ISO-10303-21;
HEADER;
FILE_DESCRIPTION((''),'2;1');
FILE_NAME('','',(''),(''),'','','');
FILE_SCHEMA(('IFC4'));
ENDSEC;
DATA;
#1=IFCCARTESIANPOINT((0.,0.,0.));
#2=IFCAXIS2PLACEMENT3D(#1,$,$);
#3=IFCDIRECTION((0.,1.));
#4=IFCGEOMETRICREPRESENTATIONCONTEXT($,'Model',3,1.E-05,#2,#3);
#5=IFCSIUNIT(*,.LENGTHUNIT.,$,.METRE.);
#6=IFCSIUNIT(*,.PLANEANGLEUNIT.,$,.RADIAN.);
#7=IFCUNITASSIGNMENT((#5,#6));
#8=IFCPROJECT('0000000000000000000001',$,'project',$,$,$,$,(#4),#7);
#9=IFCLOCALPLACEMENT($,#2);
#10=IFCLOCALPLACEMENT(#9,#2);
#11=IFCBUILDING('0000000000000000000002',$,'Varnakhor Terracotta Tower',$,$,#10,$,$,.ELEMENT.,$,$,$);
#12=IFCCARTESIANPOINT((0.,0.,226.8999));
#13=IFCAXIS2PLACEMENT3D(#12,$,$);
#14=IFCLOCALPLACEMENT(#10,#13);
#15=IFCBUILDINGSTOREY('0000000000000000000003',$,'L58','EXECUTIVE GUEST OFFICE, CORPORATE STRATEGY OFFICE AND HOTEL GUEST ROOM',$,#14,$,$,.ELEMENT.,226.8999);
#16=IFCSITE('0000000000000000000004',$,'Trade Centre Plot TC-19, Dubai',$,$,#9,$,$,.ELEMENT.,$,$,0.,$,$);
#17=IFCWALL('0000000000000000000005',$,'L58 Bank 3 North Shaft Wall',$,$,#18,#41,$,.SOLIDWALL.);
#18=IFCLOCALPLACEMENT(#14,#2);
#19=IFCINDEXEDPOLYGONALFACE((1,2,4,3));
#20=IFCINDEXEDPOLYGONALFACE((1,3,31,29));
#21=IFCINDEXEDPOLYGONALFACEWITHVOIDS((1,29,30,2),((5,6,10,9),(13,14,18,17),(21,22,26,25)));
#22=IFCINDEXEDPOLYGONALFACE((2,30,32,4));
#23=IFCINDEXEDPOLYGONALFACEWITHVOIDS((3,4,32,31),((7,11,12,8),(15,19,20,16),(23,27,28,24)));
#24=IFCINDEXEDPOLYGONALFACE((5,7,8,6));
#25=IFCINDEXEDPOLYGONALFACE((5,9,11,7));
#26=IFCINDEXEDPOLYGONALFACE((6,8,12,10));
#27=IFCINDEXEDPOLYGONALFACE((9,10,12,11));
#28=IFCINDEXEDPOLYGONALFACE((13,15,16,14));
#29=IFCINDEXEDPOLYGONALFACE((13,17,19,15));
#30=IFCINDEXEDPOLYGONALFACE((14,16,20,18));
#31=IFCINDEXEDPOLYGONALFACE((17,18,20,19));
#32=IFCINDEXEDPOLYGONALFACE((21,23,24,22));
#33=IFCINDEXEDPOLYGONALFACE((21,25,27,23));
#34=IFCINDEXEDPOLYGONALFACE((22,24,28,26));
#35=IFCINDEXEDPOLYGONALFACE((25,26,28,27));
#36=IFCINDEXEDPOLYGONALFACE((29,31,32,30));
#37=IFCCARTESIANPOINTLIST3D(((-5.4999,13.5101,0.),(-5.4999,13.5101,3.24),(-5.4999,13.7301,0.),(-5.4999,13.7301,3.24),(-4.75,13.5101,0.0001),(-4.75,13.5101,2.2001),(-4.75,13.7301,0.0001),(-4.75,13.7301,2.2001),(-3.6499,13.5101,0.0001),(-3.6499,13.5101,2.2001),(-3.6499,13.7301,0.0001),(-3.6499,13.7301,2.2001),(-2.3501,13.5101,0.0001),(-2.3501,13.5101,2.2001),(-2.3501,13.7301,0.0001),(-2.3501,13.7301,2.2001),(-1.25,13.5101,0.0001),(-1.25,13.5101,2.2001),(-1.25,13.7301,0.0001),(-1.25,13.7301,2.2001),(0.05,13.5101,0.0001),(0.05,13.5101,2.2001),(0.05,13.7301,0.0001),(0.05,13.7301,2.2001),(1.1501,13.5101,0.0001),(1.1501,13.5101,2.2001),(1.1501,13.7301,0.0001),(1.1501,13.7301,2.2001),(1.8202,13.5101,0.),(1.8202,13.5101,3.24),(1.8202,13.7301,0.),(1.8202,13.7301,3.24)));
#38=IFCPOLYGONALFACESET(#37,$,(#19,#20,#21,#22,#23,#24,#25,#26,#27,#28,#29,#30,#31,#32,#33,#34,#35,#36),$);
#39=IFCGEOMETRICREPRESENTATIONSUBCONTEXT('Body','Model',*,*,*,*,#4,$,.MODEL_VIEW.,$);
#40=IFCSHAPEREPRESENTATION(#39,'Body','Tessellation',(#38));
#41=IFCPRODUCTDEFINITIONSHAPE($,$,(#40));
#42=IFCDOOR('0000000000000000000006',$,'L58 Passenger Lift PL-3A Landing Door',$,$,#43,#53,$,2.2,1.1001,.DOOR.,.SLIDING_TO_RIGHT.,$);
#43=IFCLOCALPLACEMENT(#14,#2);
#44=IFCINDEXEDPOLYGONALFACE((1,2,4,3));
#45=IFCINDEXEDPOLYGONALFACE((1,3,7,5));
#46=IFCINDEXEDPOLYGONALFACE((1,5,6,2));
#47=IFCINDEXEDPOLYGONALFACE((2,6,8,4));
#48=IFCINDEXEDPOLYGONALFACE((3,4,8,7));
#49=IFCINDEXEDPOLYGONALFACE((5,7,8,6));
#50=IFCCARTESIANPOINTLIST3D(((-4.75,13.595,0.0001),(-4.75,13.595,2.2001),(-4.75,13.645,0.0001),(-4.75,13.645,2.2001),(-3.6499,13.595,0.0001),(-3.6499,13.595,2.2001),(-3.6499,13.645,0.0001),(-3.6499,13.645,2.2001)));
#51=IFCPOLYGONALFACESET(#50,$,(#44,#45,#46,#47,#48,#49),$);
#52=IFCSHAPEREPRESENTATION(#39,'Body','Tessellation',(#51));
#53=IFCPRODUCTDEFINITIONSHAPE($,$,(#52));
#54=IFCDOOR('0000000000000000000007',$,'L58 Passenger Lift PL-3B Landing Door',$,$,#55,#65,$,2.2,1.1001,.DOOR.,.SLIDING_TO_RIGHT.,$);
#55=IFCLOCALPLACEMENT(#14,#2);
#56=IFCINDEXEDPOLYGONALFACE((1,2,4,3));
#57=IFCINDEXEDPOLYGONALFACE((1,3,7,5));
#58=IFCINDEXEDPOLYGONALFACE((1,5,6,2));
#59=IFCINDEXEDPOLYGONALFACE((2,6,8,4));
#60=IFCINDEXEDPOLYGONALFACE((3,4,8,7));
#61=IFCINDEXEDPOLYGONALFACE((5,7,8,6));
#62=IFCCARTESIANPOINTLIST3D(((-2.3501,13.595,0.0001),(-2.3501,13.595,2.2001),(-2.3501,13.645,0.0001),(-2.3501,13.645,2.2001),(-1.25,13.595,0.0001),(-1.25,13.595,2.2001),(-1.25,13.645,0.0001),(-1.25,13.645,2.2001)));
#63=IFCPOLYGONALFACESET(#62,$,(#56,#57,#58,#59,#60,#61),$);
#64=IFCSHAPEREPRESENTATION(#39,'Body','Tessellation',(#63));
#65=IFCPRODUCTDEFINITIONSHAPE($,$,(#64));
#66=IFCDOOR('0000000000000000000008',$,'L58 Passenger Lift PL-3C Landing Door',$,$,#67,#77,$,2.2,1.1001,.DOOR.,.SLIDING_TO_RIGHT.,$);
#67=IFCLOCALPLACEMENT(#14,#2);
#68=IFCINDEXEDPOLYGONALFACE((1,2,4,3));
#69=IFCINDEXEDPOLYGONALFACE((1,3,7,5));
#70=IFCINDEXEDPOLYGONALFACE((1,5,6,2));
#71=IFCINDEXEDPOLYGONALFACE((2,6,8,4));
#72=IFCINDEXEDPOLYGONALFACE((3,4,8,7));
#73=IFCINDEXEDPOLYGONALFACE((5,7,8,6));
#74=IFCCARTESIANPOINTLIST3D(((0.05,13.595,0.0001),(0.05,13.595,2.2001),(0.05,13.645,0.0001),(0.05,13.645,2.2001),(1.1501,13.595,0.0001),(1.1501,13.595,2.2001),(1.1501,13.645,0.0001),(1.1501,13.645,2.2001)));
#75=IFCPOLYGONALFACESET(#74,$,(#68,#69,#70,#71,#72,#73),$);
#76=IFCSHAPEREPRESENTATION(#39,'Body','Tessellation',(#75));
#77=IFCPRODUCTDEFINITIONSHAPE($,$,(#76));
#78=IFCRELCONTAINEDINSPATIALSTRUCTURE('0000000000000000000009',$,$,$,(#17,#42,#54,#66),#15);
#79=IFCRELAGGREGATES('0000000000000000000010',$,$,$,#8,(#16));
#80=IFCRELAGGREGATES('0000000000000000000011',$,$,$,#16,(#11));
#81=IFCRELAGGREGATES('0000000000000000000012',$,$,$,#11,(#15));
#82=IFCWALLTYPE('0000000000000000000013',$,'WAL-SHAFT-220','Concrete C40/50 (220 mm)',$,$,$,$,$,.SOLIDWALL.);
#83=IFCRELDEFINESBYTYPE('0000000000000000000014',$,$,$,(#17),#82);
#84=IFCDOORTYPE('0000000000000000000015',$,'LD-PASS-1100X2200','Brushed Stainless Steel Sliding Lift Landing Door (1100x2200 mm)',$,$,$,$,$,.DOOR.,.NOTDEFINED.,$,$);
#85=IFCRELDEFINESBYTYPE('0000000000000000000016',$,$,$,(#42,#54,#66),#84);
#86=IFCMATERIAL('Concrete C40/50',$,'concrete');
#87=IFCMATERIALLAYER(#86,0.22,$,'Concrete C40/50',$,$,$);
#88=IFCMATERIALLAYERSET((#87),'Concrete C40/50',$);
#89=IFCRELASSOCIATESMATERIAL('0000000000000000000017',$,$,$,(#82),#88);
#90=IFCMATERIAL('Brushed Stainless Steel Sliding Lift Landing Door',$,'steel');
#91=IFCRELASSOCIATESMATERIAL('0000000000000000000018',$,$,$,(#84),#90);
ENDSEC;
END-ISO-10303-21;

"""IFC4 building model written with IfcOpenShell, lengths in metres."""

from ifc_helpers import new_model, si_unit, direction, frame, frame_2d, origin, place, context, subcontext, project, spatial, rectangle, extrude, source, transform, mapped, material, layer, layer_set, type_object, type_shapes, element, fill, save


model = new_model("IFC4")

# Units and contexts
model_context = context("Model", 3, precision=1e-05, world=origin(), true_north=direction((0.0, 1.0)))
body_context = subcontext(model_context, "Body", "Model", "MODEL_VIEW")
ifc_project = project(units=[si_unit("LENGTHUNIT", "METRE"), si_unit("PLANEANGLEUNIT", "RADIAN")], contexts=[model_context])

# Site, building, storey
site_placement = place(None, origin())
site = spatial("IfcSite", under=ifc_project, at=site_placement, Name="Trade Centre Plot TC-19, Dubai", CompositionType="ELEMENT", RefElevation=0.0)
building_placement = place(site_placement, origin())
building = spatial("IfcBuilding", under=site, at=building_placement, Name="Varnakhor Terracotta Tower", CompositionType="ELEMENT")
storey_placement = place(building_placement, frame((0.0, 0.0, 226.8999)))
storey = spatial("IfcBuildingStorey", under=building, at=storey_placement, Name="L58", Description="EXECUTIVE GUEST OFFICE, CORPORATE STRATEGY OFFICE AND HOTEL GUEST ROOM", CompositionType="ELEMENT", Elevation=226.8999)

# Wall, openings, doors
ifc_material_1 = material(Name="Concrete C40/50", Category="concrete")
ifc_layer_1 = layer(ifc_material_1, 0.22, Name="Concrete C40/50")
ifc_layer_set_1 = layer_set([ifc_layer_1], Name="Concrete C40/50")
wall_type_1 = type_object("IfcWallType", Name="WAL-SHAFT-220", Description="Concrete C40/50 (220 mm)", PredefinedType="SOLIDWALL", material=ifc_layer_set_1)
wall_1_placement = place(storey_placement, frame((-5.5, 13.6201, 0.0), z_axis=(0.0, 0.0, 1.0), x_axis=(1.0, 0.0, 0.0)))
wall_1 = element("IfcWall", 1, at=wall_1_placement, inside=storey, type_object=wall_type_1, Name="L58 Bank 3 North Shaft Wall", PredefinedType="SOLIDWALL", context=body_context, shape_type="SweptSolid", body=[
    extrude(rectangle(XDim=7.3201, YDim=0.22, at=frame_2d((3.6602, 0.0))), origin(), (0.0, 0.0, 1.0), 3.24),
])
opening_1_placement = place(wall_1_placement, frame((0.75, 0.0, 0.0)))
opening_1 = element("IfcOpeningElement", 2, at=opening_1_placement, cuts=wall_1, PredefinedType="OPENING", context=body_context, shape_type="SweptSolid", body=[
    extrude(rectangle(XDim=1.1001, YDim=2.2, at=frame_2d((0.55, 1.1001))), frame((0.0, 0.1201, 0.0), z_axis=(0.0, -1.0, 0.0), x_axis=(1.0, 0.0, 0.0)), (0.0, 0.0, 1.0), 0.24),
])
opening_2_placement = place(wall_1_placement, frame((3.1499, 0.0, 0.0)))
opening_2 = element("IfcOpeningElement", 3, at=opening_2_placement, cuts=wall_1, PredefinedType="OPENING", context=body_context, shape_type="SweptSolid", body=[
    extrude(rectangle(XDim=1.1001, YDim=2.2, at=frame_2d((0.55, 1.1001))), frame((0.0, 0.1201, 0.0), z_axis=(0.0, -1.0, 0.0), x_axis=(1.0, 0.0, 0.0)), (0.0, 0.0, 1.0), 0.24),
])
opening_3_placement = place(wall_1_placement, frame((5.55, 0.0, 0.0)))
opening_3 = element("IfcOpeningElement", 4, at=opening_3_placement, cuts=wall_1, PredefinedType="OPENING", context=body_context, shape_type="SweptSolid", body=[
    extrude(rectangle(XDim=1.1001, YDim=2.2, at=frame_2d((0.55, 1.1001))), frame((0.0, 0.1201, 0.0), z_axis=(0.0, -1.0, 0.0), x_axis=(1.0, 0.0, 0.0)), (0.0, 0.0, 1.0), 0.24),
])
ifc_material_2 = material(Name="Brushed Stainless Steel Sliding Lift Landing Door", Category="steel")
door_type_1 = type_object("IfcDoorType", Name="LD-PASS-1100X2200", Description="Brushed Stainless Steel Sliding Lift Landing Door (1100x2200 mm)", OperationType="NOTDEFINED", PredefinedType="DOOR", material=ifc_material_2)
shared_shape_1 = source(origin(), body_context, "Body", "SweptSolid", [
    extrude(rectangle(XDim=1.1001, YDim=2.2, at=frame_2d((0.55, 1.1001))), frame((0.0, 0.0249, 0.0), z_axis=(0.0, -1.0, 0.0), x_axis=(1.0, 0.0, 0.0)), (0.0, 0.0, 1.0), 0.05),
])
type_shapes(door_type_1, [shared_shape_1])
door_1_placement = place(opening_1_placement, origin())
door_1 = element("IfcDoor", 5, at=door_1_placement, inside=storey, type_object=door_type_1, Name="L58 Passenger Lift PL-3A Landing Door", OperationType="SLIDING_TO_RIGHT", OverallHeight=2.2, OverallWidth=1.1001, PredefinedType="DOOR", context=body_context, shape_type="MappedRepresentation", body=[
    mapped(shared_shape_1, transform((0.0, 0.0, 0.0), scale=1.0)),
])
fill(opening_1, door_1)
door_2_placement = place(opening_2_placement, origin())
door_2 = element("IfcDoor", 6, at=door_2_placement, inside=storey, type_object=door_type_1, Name="L58 Passenger Lift PL-3B Landing Door", OperationType="SLIDING_TO_RIGHT", OverallHeight=2.2, OverallWidth=1.1001, PredefinedType="DOOR", context=body_context, shape_type="MappedRepresentation", body=[
    mapped(shared_shape_1, transform((0.0, 0.0, 0.0), scale=1.0)),
])
fill(opening_2, door_2)
door_3_placement = place(opening_3_placement, origin())
door_3 = element("IfcDoor", 7, at=door_3_placement, inside=storey, type_object=door_type_1, Name="L58 Passenger Lift PL-3C Landing Door", OperationType="SLIDING_TO_RIGHT", OverallHeight=2.2, OverallWidth=1.1001, PredefinedType="DOOR", context=body_context, shape_type="MappedRepresentation", body=[
    mapped(shared_shape_1, transform((0.0, 0.0, 0.0), scale=1.0)),
])
fill(opening_3, door_3)

save(model, "model.ifc")
